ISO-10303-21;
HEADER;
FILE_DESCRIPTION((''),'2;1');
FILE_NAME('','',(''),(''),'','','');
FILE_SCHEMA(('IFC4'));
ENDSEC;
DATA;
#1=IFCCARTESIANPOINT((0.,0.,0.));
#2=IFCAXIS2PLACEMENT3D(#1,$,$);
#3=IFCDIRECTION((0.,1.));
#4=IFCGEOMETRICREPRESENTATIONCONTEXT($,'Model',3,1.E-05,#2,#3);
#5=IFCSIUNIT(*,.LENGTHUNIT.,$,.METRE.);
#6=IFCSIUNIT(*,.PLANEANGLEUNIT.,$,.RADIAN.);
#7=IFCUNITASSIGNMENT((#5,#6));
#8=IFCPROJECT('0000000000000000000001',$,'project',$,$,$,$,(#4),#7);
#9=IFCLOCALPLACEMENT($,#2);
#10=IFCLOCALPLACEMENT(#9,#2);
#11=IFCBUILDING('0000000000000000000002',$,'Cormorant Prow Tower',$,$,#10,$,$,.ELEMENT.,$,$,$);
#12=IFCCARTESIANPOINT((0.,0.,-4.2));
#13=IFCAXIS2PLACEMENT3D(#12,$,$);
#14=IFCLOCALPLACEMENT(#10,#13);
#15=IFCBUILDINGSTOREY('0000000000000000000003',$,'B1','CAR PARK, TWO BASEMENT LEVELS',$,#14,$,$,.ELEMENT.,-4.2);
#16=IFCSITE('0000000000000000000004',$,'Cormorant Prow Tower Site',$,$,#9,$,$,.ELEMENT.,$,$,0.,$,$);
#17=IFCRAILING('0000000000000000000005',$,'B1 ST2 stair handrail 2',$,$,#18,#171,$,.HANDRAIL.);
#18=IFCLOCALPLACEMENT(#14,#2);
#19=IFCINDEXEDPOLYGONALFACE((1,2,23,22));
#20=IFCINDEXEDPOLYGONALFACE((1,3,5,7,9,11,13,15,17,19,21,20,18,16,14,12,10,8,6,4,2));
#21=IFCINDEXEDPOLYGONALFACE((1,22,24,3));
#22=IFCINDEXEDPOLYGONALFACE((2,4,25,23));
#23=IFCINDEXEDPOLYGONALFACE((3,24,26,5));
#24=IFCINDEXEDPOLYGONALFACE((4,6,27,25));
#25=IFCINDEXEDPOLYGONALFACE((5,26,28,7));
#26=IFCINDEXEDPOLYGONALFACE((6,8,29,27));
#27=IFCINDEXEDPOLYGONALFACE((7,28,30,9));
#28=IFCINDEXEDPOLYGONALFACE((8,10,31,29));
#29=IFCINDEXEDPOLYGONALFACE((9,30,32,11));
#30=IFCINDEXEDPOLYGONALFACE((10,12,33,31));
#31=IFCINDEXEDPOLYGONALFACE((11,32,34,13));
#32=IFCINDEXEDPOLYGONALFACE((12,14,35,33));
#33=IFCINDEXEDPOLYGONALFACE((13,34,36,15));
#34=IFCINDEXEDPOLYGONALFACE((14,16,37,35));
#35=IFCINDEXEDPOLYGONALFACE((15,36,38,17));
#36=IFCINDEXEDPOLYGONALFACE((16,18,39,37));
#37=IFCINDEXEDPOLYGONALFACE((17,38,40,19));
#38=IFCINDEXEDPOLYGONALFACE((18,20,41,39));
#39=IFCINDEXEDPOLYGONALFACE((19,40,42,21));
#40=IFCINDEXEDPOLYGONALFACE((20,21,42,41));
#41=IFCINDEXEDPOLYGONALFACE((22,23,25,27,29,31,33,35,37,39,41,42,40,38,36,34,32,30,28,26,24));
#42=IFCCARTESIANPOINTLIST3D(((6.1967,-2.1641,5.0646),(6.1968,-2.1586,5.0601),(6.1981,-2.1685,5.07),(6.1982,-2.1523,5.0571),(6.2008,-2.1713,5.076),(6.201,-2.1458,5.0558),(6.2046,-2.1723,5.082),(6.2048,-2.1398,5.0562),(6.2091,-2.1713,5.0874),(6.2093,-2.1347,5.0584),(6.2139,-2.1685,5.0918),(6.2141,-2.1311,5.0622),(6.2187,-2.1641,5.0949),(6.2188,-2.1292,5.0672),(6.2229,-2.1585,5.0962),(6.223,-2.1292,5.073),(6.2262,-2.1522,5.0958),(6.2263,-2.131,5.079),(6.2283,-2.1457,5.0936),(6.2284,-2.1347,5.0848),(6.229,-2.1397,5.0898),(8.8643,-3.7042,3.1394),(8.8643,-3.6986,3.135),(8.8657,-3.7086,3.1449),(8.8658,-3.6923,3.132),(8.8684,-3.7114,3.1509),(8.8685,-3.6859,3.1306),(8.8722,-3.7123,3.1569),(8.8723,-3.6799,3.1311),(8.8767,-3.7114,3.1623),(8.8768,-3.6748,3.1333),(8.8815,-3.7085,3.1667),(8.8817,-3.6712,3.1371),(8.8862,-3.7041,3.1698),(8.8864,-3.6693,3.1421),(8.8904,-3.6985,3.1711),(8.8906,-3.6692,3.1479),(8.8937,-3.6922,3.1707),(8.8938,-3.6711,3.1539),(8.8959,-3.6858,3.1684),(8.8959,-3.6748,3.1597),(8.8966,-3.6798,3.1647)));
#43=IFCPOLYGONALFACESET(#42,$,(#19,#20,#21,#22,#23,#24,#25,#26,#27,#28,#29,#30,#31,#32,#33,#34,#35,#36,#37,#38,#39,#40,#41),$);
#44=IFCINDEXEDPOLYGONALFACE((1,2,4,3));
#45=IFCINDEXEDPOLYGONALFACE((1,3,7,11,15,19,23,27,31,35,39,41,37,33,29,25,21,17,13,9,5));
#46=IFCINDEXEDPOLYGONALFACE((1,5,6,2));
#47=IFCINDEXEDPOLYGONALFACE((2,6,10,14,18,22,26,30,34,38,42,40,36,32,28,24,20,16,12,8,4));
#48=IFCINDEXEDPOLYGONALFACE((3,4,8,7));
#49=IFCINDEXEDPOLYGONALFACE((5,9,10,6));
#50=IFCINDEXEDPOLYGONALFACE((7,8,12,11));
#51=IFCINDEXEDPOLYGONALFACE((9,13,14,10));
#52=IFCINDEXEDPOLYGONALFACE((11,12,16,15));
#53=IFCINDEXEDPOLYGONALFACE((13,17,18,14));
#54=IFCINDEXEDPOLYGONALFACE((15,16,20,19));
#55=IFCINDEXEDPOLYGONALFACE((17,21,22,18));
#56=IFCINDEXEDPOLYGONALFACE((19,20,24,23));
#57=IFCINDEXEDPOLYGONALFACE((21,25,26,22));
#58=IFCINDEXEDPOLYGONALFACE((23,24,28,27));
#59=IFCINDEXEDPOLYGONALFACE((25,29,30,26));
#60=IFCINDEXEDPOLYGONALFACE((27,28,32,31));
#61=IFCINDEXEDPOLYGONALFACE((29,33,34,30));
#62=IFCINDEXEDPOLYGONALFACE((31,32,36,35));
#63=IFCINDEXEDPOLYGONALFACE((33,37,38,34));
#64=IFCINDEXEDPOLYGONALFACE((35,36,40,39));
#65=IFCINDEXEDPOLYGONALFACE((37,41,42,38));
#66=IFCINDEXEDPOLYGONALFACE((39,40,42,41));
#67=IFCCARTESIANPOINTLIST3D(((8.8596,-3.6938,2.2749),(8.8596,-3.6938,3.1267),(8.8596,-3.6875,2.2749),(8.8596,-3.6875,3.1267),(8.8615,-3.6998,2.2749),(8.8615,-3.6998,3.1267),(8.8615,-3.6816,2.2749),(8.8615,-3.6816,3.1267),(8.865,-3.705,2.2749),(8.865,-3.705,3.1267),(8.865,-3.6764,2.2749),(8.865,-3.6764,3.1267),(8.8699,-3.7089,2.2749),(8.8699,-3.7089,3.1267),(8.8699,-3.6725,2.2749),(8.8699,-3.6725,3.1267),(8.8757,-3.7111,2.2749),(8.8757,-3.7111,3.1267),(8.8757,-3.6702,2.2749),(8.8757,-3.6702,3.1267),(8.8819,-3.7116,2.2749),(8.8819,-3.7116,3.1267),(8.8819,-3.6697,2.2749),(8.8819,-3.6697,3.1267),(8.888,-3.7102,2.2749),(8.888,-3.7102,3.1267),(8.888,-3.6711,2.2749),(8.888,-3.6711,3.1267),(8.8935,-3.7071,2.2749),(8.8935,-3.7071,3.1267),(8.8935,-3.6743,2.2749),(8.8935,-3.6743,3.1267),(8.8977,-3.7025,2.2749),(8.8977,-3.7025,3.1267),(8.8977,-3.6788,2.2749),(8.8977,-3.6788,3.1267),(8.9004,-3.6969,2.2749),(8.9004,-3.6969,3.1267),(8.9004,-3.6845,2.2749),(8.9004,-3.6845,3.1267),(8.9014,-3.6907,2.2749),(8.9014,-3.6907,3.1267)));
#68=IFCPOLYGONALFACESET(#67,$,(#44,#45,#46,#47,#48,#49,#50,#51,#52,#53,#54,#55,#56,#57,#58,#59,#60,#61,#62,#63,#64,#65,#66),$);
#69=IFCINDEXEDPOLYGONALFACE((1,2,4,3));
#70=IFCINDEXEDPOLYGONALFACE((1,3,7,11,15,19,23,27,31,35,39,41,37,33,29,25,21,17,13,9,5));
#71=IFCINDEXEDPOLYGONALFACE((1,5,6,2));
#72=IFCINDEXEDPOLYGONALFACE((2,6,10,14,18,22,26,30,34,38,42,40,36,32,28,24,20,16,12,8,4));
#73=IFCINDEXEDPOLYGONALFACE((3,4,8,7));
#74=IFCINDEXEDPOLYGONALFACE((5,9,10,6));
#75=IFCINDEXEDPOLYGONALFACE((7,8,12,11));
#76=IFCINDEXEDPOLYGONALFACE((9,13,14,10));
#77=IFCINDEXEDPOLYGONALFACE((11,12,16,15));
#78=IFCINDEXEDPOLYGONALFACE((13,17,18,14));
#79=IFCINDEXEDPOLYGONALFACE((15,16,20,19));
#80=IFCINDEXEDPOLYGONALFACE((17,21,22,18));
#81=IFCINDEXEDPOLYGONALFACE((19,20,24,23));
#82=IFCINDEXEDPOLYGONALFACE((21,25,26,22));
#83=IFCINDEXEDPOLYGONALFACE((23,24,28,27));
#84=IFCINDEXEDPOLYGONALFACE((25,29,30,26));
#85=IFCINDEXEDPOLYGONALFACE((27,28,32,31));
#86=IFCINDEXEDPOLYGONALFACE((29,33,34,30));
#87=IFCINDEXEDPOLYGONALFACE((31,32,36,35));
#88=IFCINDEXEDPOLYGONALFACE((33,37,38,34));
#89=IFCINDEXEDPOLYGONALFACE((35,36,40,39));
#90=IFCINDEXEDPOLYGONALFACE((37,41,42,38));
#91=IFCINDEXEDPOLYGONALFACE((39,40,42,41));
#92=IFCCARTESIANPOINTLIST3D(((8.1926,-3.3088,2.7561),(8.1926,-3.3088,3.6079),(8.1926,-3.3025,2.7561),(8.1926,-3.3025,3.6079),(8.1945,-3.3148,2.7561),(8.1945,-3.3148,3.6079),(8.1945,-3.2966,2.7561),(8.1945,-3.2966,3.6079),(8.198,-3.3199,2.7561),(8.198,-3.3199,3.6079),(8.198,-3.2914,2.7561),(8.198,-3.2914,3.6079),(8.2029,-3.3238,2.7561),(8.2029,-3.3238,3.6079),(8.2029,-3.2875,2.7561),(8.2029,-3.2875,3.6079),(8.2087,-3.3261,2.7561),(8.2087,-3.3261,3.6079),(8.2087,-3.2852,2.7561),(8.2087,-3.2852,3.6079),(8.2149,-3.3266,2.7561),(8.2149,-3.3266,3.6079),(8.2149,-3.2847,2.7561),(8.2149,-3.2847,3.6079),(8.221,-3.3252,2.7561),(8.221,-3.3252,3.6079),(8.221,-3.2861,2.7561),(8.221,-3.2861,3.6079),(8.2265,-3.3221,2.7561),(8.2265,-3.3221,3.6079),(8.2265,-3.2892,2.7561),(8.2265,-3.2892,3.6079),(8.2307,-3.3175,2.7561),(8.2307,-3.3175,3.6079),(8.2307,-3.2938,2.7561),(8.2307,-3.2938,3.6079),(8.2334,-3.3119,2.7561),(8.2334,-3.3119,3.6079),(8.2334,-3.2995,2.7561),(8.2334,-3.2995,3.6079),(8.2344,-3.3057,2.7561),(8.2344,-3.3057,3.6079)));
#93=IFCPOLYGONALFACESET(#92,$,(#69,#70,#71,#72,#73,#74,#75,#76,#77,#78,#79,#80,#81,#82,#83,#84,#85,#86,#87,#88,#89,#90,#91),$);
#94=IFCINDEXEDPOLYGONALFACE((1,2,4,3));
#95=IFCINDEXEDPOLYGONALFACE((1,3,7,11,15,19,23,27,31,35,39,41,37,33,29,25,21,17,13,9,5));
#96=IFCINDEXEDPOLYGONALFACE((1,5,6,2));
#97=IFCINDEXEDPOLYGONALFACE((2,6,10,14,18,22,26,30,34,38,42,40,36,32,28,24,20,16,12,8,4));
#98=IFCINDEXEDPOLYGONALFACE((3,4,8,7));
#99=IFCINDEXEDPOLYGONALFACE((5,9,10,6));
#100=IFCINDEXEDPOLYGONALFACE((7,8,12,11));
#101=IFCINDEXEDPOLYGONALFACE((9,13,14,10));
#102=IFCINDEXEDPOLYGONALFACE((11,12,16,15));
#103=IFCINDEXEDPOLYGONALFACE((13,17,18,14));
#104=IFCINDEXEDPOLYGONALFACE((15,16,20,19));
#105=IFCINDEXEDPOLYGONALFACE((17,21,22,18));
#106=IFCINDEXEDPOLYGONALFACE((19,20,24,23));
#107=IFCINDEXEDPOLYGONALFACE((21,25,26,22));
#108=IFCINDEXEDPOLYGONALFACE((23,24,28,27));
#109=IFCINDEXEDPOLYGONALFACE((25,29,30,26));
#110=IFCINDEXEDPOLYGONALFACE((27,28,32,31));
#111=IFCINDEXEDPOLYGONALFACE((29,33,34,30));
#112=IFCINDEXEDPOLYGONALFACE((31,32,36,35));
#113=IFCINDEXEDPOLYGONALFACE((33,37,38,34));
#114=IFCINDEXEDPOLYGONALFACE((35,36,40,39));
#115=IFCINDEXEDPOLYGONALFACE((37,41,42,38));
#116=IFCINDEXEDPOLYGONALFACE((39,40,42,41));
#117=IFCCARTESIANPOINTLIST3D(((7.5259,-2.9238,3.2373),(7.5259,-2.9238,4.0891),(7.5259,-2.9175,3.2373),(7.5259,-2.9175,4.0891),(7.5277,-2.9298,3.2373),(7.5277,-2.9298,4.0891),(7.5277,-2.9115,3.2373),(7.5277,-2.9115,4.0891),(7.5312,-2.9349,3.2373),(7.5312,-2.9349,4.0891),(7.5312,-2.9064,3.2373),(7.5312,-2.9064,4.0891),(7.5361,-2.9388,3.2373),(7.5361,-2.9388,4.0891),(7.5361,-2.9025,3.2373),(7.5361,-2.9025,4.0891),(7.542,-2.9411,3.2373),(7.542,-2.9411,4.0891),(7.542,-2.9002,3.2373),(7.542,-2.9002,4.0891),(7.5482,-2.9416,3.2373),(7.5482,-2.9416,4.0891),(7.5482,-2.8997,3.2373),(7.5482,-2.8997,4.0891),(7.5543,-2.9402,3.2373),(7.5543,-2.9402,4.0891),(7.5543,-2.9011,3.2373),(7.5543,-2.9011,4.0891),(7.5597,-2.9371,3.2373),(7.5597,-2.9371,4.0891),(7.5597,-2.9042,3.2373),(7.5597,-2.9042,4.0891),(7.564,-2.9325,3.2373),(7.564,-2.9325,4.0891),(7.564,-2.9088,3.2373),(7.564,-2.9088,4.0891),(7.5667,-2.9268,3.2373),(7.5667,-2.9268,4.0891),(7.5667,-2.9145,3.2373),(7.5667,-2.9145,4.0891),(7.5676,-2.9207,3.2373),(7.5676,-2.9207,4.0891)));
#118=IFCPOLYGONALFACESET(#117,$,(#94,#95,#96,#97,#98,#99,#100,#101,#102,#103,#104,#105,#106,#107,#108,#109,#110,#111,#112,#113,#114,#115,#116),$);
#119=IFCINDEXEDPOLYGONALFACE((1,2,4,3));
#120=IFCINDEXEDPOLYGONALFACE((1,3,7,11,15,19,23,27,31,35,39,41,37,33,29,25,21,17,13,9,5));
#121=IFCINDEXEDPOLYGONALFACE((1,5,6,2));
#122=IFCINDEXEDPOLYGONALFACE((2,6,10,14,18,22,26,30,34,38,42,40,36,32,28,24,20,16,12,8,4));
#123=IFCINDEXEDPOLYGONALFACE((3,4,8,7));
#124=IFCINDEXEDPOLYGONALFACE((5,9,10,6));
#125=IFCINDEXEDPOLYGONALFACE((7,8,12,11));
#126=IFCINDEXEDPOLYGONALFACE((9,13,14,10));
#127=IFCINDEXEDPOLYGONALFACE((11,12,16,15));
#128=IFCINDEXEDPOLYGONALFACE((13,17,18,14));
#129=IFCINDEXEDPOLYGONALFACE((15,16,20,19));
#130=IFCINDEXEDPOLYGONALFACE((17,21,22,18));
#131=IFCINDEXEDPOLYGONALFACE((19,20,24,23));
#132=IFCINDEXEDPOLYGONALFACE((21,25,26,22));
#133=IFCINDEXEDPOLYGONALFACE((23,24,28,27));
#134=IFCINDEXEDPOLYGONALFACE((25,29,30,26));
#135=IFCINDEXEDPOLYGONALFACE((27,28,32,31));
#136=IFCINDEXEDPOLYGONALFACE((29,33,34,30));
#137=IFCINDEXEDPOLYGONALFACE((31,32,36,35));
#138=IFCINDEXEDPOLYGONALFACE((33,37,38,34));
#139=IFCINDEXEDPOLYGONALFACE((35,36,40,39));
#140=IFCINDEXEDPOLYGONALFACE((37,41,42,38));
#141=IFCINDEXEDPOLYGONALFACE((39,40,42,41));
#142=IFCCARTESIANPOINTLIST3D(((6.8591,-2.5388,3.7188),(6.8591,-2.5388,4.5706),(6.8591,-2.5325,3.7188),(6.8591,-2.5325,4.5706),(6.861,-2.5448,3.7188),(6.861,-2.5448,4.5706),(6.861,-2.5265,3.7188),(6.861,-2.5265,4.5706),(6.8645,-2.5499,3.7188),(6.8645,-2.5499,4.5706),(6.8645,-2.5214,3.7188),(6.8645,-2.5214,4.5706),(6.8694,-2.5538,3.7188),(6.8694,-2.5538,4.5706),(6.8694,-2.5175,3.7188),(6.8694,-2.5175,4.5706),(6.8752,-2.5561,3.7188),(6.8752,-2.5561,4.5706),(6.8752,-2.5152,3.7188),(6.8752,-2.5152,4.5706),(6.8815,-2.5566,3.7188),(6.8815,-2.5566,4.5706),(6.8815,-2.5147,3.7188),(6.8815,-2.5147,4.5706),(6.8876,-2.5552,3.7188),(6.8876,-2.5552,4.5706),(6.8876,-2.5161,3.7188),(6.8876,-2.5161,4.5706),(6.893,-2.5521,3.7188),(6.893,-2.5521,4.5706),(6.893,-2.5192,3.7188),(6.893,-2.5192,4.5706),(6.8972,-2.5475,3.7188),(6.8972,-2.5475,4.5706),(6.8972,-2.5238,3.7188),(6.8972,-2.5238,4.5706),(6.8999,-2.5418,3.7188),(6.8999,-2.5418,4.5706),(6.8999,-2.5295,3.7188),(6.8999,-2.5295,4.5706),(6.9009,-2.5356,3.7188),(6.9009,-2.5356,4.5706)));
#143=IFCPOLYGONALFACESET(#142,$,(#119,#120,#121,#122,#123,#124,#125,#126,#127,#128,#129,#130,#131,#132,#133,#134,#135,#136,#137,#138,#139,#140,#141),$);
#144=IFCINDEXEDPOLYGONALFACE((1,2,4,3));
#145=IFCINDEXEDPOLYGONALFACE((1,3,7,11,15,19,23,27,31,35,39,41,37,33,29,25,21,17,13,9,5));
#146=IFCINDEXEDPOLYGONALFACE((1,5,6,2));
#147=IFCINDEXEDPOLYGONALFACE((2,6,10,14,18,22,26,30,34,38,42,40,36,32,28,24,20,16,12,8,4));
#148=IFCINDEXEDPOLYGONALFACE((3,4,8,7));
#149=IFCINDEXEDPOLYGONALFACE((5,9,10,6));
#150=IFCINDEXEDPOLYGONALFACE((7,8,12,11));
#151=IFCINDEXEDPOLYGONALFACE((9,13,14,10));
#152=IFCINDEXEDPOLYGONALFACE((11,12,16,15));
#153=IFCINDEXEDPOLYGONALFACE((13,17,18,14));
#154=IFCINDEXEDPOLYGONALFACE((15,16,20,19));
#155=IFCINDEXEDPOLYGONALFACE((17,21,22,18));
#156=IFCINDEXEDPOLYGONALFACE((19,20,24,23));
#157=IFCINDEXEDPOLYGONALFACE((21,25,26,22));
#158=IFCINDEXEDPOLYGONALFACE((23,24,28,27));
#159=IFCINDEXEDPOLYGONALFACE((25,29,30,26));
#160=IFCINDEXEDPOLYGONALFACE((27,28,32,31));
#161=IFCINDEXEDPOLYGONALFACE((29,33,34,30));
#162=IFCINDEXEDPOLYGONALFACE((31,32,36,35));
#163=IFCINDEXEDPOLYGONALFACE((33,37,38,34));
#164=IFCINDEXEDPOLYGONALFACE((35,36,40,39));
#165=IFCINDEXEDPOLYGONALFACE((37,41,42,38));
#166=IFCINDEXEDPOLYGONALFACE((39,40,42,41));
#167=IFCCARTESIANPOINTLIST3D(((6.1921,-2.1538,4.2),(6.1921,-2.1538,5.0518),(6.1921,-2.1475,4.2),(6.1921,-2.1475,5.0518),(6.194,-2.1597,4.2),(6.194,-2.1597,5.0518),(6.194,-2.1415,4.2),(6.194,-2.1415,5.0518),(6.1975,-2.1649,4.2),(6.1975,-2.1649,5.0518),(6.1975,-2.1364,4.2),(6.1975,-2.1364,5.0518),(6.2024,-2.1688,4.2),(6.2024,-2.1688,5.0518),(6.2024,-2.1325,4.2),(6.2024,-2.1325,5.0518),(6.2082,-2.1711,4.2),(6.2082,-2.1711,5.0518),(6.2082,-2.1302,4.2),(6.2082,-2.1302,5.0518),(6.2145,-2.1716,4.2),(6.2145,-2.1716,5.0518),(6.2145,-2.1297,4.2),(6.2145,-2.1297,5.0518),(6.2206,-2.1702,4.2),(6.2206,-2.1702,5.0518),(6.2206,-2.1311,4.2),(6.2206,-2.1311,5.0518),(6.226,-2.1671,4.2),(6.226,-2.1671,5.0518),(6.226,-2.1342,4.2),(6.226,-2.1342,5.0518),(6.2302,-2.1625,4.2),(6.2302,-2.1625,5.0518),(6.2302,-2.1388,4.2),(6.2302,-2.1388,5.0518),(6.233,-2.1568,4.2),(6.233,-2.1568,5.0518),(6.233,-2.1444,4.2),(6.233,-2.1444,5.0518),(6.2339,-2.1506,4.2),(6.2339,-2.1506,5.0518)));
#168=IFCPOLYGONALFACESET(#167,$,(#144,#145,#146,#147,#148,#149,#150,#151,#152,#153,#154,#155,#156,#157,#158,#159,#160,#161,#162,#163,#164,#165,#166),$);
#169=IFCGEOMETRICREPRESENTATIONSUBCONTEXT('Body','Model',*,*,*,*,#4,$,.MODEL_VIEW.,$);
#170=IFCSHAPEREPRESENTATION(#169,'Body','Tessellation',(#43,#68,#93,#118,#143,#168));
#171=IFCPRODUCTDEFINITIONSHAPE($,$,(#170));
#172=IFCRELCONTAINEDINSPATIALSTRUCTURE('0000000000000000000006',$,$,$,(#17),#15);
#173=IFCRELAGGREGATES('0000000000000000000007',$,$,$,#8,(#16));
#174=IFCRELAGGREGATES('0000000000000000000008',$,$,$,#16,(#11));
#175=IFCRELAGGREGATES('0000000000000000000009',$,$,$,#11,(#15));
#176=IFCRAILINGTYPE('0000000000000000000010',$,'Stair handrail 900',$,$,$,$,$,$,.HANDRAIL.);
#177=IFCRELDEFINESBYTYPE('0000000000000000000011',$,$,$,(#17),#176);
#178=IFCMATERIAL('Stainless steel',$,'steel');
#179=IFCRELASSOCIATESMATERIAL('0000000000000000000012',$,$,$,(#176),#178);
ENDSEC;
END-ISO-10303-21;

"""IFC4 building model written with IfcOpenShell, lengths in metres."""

from ifc_helpers import new_model, si_unit, direction, frame, origin, origin_2d, place, context, subcontext, project, spatial, circle, extrude, material, type_object, element, save


model = new_model("IFC4")

# Units and contexts
model_context = context("Model", 3, precision=1e-05, world=origin(), true_north=direction((0.0, 1.0)))
body_context = subcontext(model_context, "Body", "Model", "MODEL_VIEW")
ifc_project = project(units=[si_unit("LENGTHUNIT", "METRE"), si_unit("PLANEANGLEUNIT", "RADIAN")], contexts=[model_context])

# Site, building, storey
site_placement = place(None, origin())
site = spatial("IfcSite", under=ifc_project, at=site_placement, Name="Cormorant Prow Tower Site", CompositionType="ELEMENT", RefElevation=0.0)
building_placement = place(site_placement, origin())
building = spatial("IfcBuilding", under=site, at=building_placement, Name="Cormorant Prow Tower", CompositionType="ELEMENT")
storey_placement = place(building_placement, frame((0.0, 0.0, -4.2)))
storey = spatial("IfcBuildingStorey", under=building, at=storey_placement, Name="B1", Description="CAR PARK, TWO BASEMENT LEVELS", CompositionType="ELEMENT", Elevation=-4.2)

# Railing
ifc_material_1 = material(Name="Stainless steel", Category="steel")
railing_type_1 = type_object("IfcRailingType", Name="Stair handrail 900", PredefinedType="HANDRAIL", material=ifc_material_1)
railing_1_placement = place(storey_placement, frame((8.8804, -3.6907, 2.2749)))
element("IfcRailing", 1, at=railing_1_placement, inside=storey, type_object=railing_type_1, Name="B1 ST2 stair handrail 2", PredefinedType="HANDRAIL", context=body_context, shape_type="SweptSolid", body=[
    extrude(circle(Radius=0.0239, at=origin_2d()), frame((0.0, 0.0, 0.876), z_axis=(-0.734395, 0.423994, 0.529993), x_axis=(-0.499992, -0.86603, 0.0)), (0.0, 0.0, 1.0), 3.6323),
    extrude(circle(Radius=0.021, at=origin_2d()), origin(), (0.0, 0.0, 1.0), 0.8518),
    extrude(circle(Radius=0.021, at=origin_2d()), frame((-0.667, 0.385, 0.4812)), (0.0, 0.0, 1.0), 0.8518),
    extrude(circle(Radius=0.021, at=origin_2d()), frame((-1.3337, 0.77, 0.9624)), (0.0, 0.0, 1.0), 0.8518),
    extrude(circle(Radius=0.021, at=origin_2d()), frame((-2.0005, 1.155, 1.4438)), (0.0, 0.0, 1.0), 0.8518),
    extrude(circle(Radius=0.021, at=origin_2d()), frame((-2.6675, 1.54, 1.925)), (0.0, 0.0, 1.0), 0.8518),
])

save(model, "model.ifc")
